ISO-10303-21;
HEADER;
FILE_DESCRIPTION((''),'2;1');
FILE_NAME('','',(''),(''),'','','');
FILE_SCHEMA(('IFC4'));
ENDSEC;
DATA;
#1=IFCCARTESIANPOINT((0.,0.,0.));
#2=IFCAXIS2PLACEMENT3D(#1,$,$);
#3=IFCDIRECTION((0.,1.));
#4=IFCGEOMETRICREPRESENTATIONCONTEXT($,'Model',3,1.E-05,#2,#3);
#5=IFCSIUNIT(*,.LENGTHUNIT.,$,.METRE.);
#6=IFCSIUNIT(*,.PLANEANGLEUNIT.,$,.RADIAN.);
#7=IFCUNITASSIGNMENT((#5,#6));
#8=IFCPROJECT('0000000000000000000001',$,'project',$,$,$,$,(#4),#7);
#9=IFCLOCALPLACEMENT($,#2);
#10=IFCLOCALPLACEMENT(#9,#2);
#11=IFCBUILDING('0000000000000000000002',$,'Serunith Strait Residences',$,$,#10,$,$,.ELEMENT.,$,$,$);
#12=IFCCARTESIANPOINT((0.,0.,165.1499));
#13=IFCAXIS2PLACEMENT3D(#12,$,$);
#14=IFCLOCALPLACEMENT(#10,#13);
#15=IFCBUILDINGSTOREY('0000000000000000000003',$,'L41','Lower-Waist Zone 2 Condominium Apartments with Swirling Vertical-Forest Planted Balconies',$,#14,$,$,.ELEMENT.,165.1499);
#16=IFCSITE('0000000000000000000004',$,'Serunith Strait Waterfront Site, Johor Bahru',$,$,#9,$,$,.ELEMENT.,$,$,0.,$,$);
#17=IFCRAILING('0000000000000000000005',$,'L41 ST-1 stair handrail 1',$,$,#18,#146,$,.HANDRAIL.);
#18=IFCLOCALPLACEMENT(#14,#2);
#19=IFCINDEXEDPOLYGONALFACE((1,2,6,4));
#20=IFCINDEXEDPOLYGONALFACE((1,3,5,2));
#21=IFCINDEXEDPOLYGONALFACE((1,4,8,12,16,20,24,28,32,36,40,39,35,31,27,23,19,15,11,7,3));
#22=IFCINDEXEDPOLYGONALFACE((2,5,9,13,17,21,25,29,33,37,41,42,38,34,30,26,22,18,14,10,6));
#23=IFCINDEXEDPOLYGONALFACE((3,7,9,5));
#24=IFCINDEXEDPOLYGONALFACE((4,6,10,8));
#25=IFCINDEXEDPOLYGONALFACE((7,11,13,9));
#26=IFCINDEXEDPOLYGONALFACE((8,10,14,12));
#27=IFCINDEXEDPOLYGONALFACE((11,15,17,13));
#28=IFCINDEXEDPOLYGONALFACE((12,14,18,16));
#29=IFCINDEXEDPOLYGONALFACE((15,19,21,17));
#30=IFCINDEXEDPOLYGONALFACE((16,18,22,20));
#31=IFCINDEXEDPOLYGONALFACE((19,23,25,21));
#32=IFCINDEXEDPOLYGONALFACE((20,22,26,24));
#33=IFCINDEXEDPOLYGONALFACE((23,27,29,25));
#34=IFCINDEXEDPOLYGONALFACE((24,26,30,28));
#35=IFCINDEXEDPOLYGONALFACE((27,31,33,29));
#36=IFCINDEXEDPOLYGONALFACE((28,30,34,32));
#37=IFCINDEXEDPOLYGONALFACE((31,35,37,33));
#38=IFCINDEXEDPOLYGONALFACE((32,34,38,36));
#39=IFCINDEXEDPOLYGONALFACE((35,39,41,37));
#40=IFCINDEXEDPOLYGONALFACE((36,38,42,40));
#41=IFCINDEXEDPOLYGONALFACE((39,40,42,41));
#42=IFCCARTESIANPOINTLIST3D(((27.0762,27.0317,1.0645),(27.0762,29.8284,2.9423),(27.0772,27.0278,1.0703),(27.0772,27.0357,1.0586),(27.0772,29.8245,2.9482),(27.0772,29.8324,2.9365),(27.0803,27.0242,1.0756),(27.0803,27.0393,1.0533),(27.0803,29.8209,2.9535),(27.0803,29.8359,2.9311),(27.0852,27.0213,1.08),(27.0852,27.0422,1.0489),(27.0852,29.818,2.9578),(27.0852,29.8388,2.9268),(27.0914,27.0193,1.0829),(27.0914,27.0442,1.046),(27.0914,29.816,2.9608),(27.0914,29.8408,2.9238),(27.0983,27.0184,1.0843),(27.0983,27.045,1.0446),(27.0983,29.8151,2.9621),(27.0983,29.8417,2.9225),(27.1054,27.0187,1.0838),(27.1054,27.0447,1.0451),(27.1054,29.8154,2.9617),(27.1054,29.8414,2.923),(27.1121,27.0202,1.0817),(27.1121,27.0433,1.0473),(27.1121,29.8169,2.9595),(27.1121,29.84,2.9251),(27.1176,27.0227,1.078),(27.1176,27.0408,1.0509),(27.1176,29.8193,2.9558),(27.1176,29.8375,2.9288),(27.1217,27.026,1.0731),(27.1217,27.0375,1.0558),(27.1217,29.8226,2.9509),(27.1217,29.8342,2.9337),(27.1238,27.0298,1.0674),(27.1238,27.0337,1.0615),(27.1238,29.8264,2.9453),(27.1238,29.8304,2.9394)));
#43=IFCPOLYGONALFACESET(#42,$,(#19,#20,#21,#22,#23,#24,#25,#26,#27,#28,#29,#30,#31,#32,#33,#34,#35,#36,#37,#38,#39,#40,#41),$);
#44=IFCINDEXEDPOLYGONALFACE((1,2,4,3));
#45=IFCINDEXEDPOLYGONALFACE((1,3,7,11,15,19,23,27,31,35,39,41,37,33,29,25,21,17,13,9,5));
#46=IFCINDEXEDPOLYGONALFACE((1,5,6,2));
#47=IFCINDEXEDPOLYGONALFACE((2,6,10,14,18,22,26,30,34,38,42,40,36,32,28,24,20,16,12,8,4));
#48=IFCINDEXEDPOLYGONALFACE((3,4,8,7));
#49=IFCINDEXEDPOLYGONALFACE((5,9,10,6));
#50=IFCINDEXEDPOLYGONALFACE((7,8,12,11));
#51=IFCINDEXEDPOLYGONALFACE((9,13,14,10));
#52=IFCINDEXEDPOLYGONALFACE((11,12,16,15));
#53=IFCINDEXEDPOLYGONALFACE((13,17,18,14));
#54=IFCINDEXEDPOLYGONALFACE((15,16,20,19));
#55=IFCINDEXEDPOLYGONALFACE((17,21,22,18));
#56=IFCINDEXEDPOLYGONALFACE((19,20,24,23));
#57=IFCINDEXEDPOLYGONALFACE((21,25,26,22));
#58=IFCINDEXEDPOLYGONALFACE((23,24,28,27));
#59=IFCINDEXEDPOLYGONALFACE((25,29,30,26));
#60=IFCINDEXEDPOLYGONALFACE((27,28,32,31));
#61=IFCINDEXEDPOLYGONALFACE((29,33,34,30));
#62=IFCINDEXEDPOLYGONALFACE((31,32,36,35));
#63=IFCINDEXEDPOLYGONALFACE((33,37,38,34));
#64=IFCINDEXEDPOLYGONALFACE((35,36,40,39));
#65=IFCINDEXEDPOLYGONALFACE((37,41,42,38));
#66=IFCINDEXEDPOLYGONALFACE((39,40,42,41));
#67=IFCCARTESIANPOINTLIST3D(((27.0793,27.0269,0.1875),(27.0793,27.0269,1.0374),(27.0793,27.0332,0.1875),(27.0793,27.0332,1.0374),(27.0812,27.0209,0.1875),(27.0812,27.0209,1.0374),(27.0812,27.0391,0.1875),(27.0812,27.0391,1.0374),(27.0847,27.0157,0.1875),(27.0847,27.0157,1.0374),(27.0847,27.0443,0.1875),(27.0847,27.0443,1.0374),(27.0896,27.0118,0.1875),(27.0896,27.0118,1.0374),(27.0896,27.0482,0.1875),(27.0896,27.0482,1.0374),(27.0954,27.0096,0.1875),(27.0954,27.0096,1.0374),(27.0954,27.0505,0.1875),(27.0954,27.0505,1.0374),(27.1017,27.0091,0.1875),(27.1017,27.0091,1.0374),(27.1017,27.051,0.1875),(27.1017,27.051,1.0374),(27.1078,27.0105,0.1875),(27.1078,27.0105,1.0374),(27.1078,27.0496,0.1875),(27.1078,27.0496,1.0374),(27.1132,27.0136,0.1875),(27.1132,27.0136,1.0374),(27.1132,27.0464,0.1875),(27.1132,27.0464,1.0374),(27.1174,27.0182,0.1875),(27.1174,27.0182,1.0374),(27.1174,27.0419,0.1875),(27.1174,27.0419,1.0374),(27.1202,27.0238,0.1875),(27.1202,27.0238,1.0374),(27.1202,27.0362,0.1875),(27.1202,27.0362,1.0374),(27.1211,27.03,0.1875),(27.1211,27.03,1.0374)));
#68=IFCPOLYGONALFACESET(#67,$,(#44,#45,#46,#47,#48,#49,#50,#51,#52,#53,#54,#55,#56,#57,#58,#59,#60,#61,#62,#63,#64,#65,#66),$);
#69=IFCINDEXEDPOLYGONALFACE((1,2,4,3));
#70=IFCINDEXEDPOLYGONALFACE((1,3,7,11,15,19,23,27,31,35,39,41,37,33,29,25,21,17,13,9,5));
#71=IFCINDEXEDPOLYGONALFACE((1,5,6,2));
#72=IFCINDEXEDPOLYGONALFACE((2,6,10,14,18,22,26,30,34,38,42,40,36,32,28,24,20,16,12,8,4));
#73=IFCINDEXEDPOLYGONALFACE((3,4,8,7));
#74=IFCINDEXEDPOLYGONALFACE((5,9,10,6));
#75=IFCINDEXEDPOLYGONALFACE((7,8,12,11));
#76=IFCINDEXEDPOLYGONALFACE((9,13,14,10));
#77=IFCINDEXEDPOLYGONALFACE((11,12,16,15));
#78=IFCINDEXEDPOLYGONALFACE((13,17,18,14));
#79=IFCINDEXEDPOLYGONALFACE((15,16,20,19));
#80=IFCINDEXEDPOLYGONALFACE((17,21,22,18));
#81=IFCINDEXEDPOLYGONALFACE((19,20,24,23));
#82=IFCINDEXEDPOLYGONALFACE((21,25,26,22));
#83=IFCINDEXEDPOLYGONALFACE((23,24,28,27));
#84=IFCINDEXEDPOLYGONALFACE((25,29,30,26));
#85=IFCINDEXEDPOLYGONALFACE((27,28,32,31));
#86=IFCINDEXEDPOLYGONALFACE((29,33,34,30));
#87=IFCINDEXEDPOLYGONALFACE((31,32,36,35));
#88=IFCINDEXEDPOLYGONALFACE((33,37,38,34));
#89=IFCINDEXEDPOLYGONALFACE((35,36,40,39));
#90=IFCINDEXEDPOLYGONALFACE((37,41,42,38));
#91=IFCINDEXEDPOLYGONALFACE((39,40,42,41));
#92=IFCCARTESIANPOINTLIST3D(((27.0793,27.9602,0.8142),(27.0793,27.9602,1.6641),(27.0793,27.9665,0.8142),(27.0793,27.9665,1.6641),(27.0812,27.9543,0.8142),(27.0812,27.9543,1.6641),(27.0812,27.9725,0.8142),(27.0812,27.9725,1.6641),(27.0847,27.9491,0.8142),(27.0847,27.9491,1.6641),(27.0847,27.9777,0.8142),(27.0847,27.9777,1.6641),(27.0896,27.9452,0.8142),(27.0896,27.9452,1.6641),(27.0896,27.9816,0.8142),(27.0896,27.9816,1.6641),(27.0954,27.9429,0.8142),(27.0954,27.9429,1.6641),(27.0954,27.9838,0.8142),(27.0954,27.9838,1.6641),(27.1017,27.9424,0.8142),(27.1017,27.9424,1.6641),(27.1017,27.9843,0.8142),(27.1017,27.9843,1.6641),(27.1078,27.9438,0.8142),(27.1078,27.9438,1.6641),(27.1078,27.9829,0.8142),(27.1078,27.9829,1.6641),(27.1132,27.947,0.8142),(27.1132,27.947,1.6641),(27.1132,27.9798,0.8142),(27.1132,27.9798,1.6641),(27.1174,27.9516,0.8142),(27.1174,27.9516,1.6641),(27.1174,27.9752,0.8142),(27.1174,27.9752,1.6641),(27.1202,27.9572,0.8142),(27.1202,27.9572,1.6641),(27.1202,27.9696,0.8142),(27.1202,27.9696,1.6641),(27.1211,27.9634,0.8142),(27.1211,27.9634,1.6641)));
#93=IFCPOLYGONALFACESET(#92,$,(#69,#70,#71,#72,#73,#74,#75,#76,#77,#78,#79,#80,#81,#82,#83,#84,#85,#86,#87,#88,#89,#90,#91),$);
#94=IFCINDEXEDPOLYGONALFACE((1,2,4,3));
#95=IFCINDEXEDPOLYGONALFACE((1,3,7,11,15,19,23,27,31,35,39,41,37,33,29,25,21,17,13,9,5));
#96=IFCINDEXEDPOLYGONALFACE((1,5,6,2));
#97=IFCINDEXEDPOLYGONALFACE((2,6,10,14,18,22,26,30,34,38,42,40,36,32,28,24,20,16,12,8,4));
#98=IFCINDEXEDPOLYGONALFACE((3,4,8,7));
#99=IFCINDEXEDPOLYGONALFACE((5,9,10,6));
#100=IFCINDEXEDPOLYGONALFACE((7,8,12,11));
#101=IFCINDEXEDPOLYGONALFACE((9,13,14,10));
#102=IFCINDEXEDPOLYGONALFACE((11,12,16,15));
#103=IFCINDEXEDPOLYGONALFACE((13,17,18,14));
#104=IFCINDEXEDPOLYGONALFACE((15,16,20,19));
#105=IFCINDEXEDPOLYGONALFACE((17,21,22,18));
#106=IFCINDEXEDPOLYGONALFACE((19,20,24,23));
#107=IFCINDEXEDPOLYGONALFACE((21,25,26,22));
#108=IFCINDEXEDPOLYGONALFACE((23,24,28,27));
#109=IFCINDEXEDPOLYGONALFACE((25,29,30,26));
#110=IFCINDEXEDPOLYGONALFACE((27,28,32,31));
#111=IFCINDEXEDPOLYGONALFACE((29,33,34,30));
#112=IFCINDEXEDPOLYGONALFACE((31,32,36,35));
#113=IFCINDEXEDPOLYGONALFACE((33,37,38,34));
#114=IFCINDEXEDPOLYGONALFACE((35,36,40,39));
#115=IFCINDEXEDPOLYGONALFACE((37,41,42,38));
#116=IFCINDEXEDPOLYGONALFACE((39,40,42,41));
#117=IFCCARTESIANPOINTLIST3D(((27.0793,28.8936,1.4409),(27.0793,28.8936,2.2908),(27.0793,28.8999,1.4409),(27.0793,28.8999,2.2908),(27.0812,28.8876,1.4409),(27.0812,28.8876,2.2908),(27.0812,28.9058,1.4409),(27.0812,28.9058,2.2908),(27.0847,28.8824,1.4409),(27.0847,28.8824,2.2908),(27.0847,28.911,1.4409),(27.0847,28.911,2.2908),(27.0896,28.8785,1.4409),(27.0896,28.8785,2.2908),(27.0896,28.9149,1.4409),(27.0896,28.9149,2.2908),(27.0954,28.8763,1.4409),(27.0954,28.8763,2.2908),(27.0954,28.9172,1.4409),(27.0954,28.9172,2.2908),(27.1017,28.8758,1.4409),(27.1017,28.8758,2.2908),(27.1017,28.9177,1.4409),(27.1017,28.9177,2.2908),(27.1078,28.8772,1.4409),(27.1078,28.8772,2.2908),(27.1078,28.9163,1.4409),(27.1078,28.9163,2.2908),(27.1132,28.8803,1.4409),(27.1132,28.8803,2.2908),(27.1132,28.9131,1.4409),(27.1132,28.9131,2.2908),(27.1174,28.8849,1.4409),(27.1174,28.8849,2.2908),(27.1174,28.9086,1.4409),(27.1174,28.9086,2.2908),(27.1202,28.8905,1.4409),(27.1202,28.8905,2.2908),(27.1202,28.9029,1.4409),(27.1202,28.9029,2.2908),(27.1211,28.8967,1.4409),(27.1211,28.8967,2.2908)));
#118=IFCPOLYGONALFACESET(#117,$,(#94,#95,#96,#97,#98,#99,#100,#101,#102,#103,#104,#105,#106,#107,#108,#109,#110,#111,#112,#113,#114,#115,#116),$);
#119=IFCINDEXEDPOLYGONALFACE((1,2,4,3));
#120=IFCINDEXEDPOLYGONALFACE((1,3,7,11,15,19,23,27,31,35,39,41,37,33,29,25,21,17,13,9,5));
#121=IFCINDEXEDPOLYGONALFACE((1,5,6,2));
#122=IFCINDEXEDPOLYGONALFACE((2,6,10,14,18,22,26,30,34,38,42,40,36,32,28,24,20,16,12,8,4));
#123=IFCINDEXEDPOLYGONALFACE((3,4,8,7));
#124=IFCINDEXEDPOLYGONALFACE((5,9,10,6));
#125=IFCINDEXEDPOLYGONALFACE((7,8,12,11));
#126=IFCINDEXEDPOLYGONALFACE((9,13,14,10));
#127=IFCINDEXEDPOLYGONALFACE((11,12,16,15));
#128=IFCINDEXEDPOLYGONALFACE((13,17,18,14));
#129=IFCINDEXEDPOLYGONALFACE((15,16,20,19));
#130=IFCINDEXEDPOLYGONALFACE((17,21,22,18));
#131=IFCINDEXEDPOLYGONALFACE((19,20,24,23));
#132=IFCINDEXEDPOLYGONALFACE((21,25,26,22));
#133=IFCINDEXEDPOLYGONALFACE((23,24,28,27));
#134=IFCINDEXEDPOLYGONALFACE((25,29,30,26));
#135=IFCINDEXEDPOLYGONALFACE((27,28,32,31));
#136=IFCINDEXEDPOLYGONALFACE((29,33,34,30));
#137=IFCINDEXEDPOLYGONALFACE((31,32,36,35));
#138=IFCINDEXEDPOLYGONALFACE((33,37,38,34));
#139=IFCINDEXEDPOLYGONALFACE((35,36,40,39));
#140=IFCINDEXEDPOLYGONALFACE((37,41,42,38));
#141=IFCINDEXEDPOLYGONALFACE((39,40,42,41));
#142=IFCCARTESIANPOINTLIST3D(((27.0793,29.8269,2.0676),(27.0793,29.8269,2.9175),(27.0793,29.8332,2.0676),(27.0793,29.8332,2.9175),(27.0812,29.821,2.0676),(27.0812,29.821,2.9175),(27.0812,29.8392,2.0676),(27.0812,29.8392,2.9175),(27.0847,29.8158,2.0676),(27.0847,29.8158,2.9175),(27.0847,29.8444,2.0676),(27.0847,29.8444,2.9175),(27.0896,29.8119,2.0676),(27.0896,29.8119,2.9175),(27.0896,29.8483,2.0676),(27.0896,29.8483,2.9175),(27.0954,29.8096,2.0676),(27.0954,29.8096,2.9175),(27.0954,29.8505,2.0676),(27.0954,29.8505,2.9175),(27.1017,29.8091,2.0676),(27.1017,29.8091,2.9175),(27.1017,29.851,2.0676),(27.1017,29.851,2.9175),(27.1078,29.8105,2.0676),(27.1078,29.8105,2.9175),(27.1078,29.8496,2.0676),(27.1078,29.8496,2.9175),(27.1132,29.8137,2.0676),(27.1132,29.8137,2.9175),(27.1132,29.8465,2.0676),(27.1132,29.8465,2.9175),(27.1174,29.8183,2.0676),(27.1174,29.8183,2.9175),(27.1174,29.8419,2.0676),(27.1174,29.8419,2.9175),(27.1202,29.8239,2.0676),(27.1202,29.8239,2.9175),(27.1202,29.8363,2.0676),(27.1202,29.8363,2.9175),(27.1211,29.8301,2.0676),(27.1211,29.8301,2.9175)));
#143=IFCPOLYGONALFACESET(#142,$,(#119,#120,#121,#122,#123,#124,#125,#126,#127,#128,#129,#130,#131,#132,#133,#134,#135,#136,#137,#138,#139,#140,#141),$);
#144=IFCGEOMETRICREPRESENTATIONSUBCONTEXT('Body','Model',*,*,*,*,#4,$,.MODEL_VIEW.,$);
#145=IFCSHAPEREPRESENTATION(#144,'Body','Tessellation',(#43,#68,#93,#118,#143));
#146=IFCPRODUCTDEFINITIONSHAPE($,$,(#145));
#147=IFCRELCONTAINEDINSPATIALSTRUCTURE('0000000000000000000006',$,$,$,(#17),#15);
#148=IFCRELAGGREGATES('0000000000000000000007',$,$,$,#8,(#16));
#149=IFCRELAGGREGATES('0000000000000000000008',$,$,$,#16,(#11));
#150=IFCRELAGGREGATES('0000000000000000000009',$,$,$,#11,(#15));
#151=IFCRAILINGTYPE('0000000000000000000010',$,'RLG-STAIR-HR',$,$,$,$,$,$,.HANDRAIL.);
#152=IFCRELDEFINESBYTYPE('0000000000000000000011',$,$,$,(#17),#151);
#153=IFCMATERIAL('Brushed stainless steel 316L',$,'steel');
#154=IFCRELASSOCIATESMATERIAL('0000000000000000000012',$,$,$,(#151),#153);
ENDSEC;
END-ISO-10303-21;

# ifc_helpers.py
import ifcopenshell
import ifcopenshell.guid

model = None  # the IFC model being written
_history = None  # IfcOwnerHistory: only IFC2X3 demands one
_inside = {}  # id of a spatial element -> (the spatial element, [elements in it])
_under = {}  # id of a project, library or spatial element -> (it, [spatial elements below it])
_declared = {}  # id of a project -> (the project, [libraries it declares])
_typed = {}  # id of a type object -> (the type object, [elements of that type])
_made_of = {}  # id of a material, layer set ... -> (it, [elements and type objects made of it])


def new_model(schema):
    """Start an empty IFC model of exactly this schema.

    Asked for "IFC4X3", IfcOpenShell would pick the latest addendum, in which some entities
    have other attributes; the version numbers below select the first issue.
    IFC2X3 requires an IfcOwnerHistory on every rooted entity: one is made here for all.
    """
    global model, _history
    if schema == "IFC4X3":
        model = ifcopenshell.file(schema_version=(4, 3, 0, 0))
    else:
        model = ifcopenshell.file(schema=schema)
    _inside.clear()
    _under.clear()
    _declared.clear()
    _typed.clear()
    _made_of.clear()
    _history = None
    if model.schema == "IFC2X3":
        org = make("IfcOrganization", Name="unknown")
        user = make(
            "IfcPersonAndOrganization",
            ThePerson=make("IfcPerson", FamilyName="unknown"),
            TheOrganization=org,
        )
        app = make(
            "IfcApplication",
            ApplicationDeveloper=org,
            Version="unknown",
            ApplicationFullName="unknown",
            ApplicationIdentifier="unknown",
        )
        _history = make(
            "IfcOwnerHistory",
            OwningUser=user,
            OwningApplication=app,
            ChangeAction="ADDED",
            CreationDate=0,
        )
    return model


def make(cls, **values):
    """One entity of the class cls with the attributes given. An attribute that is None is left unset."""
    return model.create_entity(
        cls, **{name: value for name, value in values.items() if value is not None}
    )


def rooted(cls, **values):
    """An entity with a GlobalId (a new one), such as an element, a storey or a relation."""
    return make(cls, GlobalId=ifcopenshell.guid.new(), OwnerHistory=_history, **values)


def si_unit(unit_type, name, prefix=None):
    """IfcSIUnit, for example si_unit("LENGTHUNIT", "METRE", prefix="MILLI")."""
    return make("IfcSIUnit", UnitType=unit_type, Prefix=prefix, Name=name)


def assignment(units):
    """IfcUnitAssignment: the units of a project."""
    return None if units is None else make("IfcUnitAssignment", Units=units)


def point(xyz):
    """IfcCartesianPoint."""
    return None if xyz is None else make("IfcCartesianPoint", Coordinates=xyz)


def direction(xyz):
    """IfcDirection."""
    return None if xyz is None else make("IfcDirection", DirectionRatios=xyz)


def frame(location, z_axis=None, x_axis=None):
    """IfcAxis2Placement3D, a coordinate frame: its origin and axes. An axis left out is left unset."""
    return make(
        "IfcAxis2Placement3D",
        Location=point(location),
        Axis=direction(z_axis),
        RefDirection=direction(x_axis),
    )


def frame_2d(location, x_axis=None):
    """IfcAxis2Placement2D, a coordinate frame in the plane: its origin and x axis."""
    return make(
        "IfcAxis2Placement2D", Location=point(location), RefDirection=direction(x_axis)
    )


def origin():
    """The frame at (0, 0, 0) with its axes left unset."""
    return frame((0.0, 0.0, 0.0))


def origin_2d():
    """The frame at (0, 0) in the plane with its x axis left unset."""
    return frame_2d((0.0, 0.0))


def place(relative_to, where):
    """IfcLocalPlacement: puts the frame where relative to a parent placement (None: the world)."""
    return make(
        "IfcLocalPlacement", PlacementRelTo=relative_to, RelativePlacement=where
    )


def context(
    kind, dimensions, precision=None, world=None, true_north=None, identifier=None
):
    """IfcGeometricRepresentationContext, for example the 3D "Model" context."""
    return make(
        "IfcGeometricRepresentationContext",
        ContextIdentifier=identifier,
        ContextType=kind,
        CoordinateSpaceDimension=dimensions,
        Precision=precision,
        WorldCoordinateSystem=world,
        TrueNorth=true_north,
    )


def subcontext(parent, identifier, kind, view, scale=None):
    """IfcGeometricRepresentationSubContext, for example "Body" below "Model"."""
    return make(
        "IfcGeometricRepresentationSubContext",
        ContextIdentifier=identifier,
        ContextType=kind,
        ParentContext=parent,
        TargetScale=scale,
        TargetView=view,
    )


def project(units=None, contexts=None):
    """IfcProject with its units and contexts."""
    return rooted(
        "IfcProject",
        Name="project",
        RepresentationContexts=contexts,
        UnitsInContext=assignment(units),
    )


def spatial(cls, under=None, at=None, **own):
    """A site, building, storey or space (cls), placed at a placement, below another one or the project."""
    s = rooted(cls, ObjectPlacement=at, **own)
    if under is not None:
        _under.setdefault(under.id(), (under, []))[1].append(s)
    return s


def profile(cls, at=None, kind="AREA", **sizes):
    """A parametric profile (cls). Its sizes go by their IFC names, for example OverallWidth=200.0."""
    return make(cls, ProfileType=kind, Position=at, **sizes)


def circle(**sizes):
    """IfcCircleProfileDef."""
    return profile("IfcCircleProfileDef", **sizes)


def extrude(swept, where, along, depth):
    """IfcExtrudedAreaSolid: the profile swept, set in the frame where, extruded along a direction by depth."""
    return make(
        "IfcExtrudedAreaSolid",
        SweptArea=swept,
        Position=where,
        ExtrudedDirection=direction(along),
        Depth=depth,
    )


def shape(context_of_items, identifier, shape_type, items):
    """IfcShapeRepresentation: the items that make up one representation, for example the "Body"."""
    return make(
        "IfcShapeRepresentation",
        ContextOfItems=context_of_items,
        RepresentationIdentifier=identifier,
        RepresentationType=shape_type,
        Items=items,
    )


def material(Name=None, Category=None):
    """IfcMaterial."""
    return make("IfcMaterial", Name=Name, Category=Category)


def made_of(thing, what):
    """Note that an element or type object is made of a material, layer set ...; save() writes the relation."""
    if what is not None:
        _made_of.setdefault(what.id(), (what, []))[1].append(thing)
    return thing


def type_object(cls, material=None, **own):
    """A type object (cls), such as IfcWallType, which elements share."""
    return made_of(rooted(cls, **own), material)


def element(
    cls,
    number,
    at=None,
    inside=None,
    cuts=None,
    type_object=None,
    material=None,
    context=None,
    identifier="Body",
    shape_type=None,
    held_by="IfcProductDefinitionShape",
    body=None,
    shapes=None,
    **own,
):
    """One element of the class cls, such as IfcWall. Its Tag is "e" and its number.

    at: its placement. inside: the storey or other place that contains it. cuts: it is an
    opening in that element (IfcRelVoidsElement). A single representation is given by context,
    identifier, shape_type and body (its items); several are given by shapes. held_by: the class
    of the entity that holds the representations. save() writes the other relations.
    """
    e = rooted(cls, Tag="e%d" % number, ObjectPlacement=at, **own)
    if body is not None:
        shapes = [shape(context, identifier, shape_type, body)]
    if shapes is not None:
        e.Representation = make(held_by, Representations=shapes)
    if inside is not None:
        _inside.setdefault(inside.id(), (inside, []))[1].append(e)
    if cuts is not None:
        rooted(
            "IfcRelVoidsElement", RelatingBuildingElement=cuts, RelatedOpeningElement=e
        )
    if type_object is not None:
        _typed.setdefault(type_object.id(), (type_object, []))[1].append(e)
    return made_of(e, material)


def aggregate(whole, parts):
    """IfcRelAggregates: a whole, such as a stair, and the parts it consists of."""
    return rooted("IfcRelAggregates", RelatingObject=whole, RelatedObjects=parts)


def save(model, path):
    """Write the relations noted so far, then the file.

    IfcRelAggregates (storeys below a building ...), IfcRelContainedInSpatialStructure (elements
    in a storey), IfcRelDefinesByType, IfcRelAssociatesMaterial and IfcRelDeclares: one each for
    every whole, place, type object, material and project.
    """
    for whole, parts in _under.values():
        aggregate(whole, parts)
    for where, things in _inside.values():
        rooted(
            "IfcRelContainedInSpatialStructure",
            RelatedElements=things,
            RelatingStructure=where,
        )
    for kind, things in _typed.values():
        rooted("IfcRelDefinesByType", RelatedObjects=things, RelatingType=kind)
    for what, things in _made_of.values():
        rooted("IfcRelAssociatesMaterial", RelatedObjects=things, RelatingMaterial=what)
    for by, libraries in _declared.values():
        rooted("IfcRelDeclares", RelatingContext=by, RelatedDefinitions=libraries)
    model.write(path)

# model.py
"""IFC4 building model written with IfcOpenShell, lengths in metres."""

from ifc_helpers import new_model, si_unit, direction, frame, origin, origin_2d, place, context, subcontext, project, spatial, circle, extrude, material, type_object, element, save


model = new_model("IFC4")

# Units and contexts
model_context = context("Model", 3, precision=1e-05, world=origin(), true_north=direction((0.0, 1.0)))
body_context = subcontext(model_context, "Body", "Model", "MODEL_VIEW")
ifc_project = project(units=[si_unit("LENGTHUNIT", "METRE"), si_unit("PLANEANGLEUNIT", "RADIAN")], contexts=[model_context])

# Site, building, storey
site_placement = place(None, origin())
site = spatial("IfcSite", under=ifc_project, at=site_placement, Name="Serunith Strait Waterfront Site, Johor Bahru", CompositionType="ELEMENT", RefElevation=0.0)
building_placement = place(site_placement, origin())
building = spatial("IfcBuilding", under=site, at=building_placement, Name="Serunith Strait Residences", CompositionType="ELEMENT")
storey_placement = place(building_placement, frame((0.0, 0.0, 165.1499)))
storey = spatial("IfcBuildingStorey", under=building, at=storey_placement, Name="L41", Description="Lower-Waist Zone 2 Condominium Apartments with Swirling Vertical-Forest Planted Balconies", CompositionType="ELEMENT", Elevation=165.1499)

# Railing
ifc_material_1 = material(Name="Brushed stainless steel 316L", Category="steel")
railing_type_1 = type_object("IfcRailingType", Name="RLG-STAIR-HR", PredefinedType="HANDRAIL", material=ifc_material_1)
railing_1_placement = place(storey_placement, frame((27.1001, 27.03, 0.1875)))
element("IfcRailing", 1, at=railing_1_placement, inside=storey, type_object=railing_type_1, Name="L41 ST-1 stair handrail 1", PredefinedType="HANDRAIL", context=body_context, shape_type="SweptSolid", body=[
    extrude(circle(Radius=0.0239, at=origin_2d()), frame((0.0, 0.0017, 0.877), z_axis=(0.0, 0.830208, 0.557453), x_axis=(-1.0, 0.0, 0.0)), (0.0, 0.0, 1.0), 3.3687),
    extrude(circle(Radius=0.021, at=origin_2d()), origin(), (0.0, 0.0, 1.0), 0.8499),
    extrude(circle(Radius=0.021, at=origin_2d()), frame((0.0, 0.9333, 0.6267)), (0.0, 0.0, 1.0), 0.8499),
    extrude(circle(Radius=0.021, at=origin_2d()), frame((0.0, 1.8667, 1.2534)), (0.0, 0.0, 1.0), 0.8499),
    extrude(circle(Radius=0.021, at=origin_2d()), frame((0.0, 2.8, 1.8801)), (0.0, 0.0, 1.0), 0.8499),
])

save(model, "model.ifc")
